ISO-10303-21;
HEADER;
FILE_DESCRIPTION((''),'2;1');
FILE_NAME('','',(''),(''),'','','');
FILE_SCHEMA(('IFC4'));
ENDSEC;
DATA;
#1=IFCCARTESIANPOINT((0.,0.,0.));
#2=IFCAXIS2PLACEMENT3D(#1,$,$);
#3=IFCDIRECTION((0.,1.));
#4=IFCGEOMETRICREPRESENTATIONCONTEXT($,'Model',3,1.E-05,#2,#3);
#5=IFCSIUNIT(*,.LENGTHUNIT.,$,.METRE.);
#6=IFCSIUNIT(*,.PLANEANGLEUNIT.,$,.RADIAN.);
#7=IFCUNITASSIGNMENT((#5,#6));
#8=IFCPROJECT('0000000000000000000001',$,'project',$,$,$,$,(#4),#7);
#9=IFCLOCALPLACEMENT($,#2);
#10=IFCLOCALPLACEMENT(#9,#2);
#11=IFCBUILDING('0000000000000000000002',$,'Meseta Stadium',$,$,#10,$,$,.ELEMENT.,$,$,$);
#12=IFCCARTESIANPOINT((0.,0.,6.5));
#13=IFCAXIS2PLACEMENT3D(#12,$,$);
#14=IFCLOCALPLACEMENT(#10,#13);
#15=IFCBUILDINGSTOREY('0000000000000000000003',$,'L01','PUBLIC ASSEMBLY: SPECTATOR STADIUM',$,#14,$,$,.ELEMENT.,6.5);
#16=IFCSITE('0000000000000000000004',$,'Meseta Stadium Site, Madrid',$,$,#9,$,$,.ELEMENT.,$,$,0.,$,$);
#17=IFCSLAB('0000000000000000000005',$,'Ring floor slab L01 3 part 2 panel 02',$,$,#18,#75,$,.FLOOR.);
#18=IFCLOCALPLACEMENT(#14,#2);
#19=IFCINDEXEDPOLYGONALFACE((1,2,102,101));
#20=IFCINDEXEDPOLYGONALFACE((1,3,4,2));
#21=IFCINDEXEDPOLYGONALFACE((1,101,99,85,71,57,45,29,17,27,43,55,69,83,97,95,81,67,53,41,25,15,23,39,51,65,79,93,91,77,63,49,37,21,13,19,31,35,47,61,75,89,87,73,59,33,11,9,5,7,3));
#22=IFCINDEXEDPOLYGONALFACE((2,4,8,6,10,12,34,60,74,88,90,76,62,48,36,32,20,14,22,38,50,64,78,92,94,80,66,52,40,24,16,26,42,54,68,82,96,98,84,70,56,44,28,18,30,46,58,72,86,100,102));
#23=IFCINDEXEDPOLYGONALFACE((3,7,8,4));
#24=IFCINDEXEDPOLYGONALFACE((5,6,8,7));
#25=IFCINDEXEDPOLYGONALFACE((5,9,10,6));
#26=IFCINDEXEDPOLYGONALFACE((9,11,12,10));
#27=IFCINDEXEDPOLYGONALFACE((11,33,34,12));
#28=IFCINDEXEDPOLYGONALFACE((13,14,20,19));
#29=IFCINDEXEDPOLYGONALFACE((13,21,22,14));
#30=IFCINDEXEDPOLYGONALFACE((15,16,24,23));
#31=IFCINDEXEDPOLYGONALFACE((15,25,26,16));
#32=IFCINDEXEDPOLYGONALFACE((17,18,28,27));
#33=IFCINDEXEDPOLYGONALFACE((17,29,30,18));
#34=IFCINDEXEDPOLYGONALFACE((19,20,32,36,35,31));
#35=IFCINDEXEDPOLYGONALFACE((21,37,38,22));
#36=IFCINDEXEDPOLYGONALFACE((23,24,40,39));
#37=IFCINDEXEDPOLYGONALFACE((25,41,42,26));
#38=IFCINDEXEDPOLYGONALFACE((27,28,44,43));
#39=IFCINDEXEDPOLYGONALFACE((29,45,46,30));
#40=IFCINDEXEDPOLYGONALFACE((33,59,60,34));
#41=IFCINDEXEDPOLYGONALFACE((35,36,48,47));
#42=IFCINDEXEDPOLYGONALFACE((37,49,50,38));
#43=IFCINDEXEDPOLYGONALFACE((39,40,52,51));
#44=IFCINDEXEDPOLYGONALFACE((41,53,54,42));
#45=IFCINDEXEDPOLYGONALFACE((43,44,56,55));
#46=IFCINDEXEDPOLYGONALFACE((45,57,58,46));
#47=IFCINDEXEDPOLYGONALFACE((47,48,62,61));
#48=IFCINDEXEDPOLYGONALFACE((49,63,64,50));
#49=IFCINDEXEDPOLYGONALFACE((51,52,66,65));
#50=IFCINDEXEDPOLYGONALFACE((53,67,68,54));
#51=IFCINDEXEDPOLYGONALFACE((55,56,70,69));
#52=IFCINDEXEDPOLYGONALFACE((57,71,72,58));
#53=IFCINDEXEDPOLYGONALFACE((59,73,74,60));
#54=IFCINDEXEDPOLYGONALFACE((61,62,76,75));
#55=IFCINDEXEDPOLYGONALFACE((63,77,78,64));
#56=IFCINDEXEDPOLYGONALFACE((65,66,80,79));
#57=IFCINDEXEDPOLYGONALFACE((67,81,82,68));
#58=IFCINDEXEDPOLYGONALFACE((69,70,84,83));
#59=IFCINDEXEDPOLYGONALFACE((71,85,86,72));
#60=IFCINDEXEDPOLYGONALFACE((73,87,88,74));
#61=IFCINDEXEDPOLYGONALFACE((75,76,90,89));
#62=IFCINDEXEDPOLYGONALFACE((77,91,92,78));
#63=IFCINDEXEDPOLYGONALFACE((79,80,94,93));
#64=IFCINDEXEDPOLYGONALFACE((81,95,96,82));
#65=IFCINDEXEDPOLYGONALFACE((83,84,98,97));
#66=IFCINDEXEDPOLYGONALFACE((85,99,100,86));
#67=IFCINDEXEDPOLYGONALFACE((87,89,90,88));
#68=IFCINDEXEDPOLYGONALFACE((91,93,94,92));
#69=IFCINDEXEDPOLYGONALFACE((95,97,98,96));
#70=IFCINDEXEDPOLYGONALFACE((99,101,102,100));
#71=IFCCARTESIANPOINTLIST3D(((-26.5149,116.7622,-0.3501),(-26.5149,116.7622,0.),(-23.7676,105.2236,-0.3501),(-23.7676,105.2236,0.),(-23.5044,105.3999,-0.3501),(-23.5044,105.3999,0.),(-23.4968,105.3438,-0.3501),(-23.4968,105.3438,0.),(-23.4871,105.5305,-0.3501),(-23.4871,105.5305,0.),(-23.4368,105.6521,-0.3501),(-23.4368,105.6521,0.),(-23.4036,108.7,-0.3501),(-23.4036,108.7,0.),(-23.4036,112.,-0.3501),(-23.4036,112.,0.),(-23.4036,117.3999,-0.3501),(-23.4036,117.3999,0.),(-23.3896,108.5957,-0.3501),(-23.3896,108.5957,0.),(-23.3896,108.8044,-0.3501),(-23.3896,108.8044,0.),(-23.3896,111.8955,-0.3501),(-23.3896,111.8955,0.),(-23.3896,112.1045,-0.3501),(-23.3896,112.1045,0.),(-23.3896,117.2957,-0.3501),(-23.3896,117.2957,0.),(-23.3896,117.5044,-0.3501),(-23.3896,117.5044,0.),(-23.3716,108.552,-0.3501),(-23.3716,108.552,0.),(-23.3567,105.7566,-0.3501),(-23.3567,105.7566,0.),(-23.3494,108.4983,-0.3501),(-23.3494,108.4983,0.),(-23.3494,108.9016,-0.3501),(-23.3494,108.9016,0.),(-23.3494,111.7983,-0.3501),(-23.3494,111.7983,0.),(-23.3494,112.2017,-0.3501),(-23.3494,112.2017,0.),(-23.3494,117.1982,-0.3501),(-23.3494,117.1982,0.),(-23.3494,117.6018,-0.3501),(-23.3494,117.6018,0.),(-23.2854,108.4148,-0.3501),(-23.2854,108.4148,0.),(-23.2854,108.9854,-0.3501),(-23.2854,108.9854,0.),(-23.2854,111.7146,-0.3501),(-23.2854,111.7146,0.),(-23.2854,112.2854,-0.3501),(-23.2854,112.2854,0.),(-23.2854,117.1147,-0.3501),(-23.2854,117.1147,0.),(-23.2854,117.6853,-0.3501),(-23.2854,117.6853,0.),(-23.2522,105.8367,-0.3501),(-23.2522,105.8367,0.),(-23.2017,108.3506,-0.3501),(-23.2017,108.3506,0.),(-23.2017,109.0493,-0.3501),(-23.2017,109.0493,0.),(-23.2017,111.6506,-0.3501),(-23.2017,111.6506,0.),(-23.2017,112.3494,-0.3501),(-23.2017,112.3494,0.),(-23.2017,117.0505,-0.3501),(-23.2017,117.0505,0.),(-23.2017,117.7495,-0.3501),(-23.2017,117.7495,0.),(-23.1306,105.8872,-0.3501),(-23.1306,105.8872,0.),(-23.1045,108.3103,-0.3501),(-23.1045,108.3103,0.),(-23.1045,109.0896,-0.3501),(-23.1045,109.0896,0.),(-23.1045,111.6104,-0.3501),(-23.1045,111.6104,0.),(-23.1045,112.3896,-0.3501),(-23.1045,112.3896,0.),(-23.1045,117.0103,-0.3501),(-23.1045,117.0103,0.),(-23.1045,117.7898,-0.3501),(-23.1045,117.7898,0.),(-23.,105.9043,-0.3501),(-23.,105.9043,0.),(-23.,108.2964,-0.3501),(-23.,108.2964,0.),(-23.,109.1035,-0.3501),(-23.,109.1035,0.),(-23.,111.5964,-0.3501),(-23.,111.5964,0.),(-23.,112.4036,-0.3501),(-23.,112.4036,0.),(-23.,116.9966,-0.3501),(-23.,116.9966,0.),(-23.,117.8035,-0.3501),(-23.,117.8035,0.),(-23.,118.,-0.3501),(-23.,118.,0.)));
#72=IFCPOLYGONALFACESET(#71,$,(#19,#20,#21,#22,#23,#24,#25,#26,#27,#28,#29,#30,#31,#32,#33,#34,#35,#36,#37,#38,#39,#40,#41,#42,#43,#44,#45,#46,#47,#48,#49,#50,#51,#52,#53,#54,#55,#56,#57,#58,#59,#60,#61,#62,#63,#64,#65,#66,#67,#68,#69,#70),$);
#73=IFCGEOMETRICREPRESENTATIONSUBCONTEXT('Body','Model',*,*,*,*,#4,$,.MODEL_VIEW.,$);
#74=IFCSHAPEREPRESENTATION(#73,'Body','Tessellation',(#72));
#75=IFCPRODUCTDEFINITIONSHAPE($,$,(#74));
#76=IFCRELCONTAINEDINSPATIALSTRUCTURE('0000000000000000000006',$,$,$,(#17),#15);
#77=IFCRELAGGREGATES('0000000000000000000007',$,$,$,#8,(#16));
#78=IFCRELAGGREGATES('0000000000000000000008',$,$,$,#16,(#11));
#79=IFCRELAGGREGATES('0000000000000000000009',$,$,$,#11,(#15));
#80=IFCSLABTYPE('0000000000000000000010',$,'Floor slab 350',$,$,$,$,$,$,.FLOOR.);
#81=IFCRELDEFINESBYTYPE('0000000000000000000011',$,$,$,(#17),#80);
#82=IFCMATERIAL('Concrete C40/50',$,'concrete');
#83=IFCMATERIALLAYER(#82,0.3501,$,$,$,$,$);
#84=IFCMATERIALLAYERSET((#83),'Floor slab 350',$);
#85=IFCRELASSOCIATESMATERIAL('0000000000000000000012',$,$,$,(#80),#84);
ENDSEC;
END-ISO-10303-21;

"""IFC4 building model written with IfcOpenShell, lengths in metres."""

from ifc_helpers import new_model, si_unit, direction, frame, origin, place, context, subcontext, project, spatial, polyline, outline, extrude, material, layer, layer_set, type_object, element, save


model = new_model("IFC4")

# Units and contexts
model_context = context("Model", 3, precision=1e-05, world=origin(), true_north=direction((0.0, 1.0)))
body_context = subcontext(model_context, "Body", "Model", "MODEL_VIEW")
ifc_project = project(units=[si_unit("LENGTHUNIT", "METRE"), si_unit("PLANEANGLEUNIT", "RADIAN")], contexts=[model_context])

# Site, building, storey
site_placement = place(None, origin())
site = spatial("IfcSite", under=ifc_project, at=site_placement, Name="Meseta Stadium Site, Madrid", CompositionType="ELEMENT", RefElevation=0.0)
building_placement = place(site_placement, origin())
building = spatial("IfcBuilding", under=site, at=building_placement, Name="Meseta Stadium", CompositionType="ELEMENT")
storey_placement = place(building_placement, frame((0.0, 0.0, 6.5)))
storey = spatial("IfcBuildingStorey", under=building, at=storey_placement, Name="L01", Description="PUBLIC ASSEMBLY: SPECTATOR STADIUM", CompositionType="ELEMENT", Elevation=6.5)

# Slab
ifc_material_1 = material(Name="Concrete C40/50", Category="concrete")
ifc_layer_1 = layer(ifc_material_1, 0.3501)
ifc_layer_set_1 = layer_set([ifc_layer_1], Name="Floor slab 350")
slab_type_1 = type_object("IfcSlabType", Name="Floor slab 350", PredefinedType="FLOOR", material=ifc_layer_set_1)
slab_1_placement = place(storey_placement, frame((0.0, 0.0, -0.3501)))
element("IfcSlab", 1, at=slab_1_placement, inside=storey, type_object=slab_type_1, Name="Ring floor slab L01 3 part 2 panel 02", PredefinedType="FLOOR", context=body_context, shape_type="SweptSolid", body=[
    extrude(outline(polyline([(-23.4036, 117.3999), (-23.3896, 117.5044), (-23.3494, 117.6018), (-23.2854, 117.6853), (-23.2017, 117.7495), (-23.1045, 117.7898), (-23.0, 117.8035), (-23.0, 118.0), (-26.5149, 116.7622), (-23.7676, 105.2236), (-23.4968, 105.3438), (-23.5044, 105.3999), (-23.4871, 105.5305), (-23.4368, 105.6521), (-23.3567, 105.7566), (-23.2522, 105.8367), (-23.1306, 105.8872), (-23.0, 105.9043), (-23.0, 108.2964), (-23.1045, 108.3103), (-23.2017, 108.3506), (-23.2854, 108.4148), (-23.3494, 108.4983), (-23.3716, 108.552), (-23.3896, 108.5957), (-23.4036, 108.7), (-23.3896, 108.8044), (-23.3494, 108.9016), (-23.2854, 108.9854), (-23.2017, 109.0493), (-23.1045, 109.0896), (-23.0, 109.1035), (-23.0, 111.5964), (-23.1045, 111.6104), (-23.2017, 111.6506), (-23.2854, 111.7146), (-23.3494, 111.7983), (-23.3896, 111.8955), (-23.4036, 112.0), (-23.3896, 112.1045), (-23.3494, 112.2017), (-23.2854, 112.2854), (-23.2017, 112.3494), (-23.1045, 112.3896), (-23.0, 112.4036), (-23.0, 116.9966), (-23.1045, 117.0103), (-23.2017, 117.0505), (-23.2854, 117.1147), (-23.3494, 117.1982), (-23.3896, 117.2957), (-23.4036, 117.3999)])), origin(), (0.0, 0.0, 1.0), 0.3501),
])

save(model, "model.ifc")
